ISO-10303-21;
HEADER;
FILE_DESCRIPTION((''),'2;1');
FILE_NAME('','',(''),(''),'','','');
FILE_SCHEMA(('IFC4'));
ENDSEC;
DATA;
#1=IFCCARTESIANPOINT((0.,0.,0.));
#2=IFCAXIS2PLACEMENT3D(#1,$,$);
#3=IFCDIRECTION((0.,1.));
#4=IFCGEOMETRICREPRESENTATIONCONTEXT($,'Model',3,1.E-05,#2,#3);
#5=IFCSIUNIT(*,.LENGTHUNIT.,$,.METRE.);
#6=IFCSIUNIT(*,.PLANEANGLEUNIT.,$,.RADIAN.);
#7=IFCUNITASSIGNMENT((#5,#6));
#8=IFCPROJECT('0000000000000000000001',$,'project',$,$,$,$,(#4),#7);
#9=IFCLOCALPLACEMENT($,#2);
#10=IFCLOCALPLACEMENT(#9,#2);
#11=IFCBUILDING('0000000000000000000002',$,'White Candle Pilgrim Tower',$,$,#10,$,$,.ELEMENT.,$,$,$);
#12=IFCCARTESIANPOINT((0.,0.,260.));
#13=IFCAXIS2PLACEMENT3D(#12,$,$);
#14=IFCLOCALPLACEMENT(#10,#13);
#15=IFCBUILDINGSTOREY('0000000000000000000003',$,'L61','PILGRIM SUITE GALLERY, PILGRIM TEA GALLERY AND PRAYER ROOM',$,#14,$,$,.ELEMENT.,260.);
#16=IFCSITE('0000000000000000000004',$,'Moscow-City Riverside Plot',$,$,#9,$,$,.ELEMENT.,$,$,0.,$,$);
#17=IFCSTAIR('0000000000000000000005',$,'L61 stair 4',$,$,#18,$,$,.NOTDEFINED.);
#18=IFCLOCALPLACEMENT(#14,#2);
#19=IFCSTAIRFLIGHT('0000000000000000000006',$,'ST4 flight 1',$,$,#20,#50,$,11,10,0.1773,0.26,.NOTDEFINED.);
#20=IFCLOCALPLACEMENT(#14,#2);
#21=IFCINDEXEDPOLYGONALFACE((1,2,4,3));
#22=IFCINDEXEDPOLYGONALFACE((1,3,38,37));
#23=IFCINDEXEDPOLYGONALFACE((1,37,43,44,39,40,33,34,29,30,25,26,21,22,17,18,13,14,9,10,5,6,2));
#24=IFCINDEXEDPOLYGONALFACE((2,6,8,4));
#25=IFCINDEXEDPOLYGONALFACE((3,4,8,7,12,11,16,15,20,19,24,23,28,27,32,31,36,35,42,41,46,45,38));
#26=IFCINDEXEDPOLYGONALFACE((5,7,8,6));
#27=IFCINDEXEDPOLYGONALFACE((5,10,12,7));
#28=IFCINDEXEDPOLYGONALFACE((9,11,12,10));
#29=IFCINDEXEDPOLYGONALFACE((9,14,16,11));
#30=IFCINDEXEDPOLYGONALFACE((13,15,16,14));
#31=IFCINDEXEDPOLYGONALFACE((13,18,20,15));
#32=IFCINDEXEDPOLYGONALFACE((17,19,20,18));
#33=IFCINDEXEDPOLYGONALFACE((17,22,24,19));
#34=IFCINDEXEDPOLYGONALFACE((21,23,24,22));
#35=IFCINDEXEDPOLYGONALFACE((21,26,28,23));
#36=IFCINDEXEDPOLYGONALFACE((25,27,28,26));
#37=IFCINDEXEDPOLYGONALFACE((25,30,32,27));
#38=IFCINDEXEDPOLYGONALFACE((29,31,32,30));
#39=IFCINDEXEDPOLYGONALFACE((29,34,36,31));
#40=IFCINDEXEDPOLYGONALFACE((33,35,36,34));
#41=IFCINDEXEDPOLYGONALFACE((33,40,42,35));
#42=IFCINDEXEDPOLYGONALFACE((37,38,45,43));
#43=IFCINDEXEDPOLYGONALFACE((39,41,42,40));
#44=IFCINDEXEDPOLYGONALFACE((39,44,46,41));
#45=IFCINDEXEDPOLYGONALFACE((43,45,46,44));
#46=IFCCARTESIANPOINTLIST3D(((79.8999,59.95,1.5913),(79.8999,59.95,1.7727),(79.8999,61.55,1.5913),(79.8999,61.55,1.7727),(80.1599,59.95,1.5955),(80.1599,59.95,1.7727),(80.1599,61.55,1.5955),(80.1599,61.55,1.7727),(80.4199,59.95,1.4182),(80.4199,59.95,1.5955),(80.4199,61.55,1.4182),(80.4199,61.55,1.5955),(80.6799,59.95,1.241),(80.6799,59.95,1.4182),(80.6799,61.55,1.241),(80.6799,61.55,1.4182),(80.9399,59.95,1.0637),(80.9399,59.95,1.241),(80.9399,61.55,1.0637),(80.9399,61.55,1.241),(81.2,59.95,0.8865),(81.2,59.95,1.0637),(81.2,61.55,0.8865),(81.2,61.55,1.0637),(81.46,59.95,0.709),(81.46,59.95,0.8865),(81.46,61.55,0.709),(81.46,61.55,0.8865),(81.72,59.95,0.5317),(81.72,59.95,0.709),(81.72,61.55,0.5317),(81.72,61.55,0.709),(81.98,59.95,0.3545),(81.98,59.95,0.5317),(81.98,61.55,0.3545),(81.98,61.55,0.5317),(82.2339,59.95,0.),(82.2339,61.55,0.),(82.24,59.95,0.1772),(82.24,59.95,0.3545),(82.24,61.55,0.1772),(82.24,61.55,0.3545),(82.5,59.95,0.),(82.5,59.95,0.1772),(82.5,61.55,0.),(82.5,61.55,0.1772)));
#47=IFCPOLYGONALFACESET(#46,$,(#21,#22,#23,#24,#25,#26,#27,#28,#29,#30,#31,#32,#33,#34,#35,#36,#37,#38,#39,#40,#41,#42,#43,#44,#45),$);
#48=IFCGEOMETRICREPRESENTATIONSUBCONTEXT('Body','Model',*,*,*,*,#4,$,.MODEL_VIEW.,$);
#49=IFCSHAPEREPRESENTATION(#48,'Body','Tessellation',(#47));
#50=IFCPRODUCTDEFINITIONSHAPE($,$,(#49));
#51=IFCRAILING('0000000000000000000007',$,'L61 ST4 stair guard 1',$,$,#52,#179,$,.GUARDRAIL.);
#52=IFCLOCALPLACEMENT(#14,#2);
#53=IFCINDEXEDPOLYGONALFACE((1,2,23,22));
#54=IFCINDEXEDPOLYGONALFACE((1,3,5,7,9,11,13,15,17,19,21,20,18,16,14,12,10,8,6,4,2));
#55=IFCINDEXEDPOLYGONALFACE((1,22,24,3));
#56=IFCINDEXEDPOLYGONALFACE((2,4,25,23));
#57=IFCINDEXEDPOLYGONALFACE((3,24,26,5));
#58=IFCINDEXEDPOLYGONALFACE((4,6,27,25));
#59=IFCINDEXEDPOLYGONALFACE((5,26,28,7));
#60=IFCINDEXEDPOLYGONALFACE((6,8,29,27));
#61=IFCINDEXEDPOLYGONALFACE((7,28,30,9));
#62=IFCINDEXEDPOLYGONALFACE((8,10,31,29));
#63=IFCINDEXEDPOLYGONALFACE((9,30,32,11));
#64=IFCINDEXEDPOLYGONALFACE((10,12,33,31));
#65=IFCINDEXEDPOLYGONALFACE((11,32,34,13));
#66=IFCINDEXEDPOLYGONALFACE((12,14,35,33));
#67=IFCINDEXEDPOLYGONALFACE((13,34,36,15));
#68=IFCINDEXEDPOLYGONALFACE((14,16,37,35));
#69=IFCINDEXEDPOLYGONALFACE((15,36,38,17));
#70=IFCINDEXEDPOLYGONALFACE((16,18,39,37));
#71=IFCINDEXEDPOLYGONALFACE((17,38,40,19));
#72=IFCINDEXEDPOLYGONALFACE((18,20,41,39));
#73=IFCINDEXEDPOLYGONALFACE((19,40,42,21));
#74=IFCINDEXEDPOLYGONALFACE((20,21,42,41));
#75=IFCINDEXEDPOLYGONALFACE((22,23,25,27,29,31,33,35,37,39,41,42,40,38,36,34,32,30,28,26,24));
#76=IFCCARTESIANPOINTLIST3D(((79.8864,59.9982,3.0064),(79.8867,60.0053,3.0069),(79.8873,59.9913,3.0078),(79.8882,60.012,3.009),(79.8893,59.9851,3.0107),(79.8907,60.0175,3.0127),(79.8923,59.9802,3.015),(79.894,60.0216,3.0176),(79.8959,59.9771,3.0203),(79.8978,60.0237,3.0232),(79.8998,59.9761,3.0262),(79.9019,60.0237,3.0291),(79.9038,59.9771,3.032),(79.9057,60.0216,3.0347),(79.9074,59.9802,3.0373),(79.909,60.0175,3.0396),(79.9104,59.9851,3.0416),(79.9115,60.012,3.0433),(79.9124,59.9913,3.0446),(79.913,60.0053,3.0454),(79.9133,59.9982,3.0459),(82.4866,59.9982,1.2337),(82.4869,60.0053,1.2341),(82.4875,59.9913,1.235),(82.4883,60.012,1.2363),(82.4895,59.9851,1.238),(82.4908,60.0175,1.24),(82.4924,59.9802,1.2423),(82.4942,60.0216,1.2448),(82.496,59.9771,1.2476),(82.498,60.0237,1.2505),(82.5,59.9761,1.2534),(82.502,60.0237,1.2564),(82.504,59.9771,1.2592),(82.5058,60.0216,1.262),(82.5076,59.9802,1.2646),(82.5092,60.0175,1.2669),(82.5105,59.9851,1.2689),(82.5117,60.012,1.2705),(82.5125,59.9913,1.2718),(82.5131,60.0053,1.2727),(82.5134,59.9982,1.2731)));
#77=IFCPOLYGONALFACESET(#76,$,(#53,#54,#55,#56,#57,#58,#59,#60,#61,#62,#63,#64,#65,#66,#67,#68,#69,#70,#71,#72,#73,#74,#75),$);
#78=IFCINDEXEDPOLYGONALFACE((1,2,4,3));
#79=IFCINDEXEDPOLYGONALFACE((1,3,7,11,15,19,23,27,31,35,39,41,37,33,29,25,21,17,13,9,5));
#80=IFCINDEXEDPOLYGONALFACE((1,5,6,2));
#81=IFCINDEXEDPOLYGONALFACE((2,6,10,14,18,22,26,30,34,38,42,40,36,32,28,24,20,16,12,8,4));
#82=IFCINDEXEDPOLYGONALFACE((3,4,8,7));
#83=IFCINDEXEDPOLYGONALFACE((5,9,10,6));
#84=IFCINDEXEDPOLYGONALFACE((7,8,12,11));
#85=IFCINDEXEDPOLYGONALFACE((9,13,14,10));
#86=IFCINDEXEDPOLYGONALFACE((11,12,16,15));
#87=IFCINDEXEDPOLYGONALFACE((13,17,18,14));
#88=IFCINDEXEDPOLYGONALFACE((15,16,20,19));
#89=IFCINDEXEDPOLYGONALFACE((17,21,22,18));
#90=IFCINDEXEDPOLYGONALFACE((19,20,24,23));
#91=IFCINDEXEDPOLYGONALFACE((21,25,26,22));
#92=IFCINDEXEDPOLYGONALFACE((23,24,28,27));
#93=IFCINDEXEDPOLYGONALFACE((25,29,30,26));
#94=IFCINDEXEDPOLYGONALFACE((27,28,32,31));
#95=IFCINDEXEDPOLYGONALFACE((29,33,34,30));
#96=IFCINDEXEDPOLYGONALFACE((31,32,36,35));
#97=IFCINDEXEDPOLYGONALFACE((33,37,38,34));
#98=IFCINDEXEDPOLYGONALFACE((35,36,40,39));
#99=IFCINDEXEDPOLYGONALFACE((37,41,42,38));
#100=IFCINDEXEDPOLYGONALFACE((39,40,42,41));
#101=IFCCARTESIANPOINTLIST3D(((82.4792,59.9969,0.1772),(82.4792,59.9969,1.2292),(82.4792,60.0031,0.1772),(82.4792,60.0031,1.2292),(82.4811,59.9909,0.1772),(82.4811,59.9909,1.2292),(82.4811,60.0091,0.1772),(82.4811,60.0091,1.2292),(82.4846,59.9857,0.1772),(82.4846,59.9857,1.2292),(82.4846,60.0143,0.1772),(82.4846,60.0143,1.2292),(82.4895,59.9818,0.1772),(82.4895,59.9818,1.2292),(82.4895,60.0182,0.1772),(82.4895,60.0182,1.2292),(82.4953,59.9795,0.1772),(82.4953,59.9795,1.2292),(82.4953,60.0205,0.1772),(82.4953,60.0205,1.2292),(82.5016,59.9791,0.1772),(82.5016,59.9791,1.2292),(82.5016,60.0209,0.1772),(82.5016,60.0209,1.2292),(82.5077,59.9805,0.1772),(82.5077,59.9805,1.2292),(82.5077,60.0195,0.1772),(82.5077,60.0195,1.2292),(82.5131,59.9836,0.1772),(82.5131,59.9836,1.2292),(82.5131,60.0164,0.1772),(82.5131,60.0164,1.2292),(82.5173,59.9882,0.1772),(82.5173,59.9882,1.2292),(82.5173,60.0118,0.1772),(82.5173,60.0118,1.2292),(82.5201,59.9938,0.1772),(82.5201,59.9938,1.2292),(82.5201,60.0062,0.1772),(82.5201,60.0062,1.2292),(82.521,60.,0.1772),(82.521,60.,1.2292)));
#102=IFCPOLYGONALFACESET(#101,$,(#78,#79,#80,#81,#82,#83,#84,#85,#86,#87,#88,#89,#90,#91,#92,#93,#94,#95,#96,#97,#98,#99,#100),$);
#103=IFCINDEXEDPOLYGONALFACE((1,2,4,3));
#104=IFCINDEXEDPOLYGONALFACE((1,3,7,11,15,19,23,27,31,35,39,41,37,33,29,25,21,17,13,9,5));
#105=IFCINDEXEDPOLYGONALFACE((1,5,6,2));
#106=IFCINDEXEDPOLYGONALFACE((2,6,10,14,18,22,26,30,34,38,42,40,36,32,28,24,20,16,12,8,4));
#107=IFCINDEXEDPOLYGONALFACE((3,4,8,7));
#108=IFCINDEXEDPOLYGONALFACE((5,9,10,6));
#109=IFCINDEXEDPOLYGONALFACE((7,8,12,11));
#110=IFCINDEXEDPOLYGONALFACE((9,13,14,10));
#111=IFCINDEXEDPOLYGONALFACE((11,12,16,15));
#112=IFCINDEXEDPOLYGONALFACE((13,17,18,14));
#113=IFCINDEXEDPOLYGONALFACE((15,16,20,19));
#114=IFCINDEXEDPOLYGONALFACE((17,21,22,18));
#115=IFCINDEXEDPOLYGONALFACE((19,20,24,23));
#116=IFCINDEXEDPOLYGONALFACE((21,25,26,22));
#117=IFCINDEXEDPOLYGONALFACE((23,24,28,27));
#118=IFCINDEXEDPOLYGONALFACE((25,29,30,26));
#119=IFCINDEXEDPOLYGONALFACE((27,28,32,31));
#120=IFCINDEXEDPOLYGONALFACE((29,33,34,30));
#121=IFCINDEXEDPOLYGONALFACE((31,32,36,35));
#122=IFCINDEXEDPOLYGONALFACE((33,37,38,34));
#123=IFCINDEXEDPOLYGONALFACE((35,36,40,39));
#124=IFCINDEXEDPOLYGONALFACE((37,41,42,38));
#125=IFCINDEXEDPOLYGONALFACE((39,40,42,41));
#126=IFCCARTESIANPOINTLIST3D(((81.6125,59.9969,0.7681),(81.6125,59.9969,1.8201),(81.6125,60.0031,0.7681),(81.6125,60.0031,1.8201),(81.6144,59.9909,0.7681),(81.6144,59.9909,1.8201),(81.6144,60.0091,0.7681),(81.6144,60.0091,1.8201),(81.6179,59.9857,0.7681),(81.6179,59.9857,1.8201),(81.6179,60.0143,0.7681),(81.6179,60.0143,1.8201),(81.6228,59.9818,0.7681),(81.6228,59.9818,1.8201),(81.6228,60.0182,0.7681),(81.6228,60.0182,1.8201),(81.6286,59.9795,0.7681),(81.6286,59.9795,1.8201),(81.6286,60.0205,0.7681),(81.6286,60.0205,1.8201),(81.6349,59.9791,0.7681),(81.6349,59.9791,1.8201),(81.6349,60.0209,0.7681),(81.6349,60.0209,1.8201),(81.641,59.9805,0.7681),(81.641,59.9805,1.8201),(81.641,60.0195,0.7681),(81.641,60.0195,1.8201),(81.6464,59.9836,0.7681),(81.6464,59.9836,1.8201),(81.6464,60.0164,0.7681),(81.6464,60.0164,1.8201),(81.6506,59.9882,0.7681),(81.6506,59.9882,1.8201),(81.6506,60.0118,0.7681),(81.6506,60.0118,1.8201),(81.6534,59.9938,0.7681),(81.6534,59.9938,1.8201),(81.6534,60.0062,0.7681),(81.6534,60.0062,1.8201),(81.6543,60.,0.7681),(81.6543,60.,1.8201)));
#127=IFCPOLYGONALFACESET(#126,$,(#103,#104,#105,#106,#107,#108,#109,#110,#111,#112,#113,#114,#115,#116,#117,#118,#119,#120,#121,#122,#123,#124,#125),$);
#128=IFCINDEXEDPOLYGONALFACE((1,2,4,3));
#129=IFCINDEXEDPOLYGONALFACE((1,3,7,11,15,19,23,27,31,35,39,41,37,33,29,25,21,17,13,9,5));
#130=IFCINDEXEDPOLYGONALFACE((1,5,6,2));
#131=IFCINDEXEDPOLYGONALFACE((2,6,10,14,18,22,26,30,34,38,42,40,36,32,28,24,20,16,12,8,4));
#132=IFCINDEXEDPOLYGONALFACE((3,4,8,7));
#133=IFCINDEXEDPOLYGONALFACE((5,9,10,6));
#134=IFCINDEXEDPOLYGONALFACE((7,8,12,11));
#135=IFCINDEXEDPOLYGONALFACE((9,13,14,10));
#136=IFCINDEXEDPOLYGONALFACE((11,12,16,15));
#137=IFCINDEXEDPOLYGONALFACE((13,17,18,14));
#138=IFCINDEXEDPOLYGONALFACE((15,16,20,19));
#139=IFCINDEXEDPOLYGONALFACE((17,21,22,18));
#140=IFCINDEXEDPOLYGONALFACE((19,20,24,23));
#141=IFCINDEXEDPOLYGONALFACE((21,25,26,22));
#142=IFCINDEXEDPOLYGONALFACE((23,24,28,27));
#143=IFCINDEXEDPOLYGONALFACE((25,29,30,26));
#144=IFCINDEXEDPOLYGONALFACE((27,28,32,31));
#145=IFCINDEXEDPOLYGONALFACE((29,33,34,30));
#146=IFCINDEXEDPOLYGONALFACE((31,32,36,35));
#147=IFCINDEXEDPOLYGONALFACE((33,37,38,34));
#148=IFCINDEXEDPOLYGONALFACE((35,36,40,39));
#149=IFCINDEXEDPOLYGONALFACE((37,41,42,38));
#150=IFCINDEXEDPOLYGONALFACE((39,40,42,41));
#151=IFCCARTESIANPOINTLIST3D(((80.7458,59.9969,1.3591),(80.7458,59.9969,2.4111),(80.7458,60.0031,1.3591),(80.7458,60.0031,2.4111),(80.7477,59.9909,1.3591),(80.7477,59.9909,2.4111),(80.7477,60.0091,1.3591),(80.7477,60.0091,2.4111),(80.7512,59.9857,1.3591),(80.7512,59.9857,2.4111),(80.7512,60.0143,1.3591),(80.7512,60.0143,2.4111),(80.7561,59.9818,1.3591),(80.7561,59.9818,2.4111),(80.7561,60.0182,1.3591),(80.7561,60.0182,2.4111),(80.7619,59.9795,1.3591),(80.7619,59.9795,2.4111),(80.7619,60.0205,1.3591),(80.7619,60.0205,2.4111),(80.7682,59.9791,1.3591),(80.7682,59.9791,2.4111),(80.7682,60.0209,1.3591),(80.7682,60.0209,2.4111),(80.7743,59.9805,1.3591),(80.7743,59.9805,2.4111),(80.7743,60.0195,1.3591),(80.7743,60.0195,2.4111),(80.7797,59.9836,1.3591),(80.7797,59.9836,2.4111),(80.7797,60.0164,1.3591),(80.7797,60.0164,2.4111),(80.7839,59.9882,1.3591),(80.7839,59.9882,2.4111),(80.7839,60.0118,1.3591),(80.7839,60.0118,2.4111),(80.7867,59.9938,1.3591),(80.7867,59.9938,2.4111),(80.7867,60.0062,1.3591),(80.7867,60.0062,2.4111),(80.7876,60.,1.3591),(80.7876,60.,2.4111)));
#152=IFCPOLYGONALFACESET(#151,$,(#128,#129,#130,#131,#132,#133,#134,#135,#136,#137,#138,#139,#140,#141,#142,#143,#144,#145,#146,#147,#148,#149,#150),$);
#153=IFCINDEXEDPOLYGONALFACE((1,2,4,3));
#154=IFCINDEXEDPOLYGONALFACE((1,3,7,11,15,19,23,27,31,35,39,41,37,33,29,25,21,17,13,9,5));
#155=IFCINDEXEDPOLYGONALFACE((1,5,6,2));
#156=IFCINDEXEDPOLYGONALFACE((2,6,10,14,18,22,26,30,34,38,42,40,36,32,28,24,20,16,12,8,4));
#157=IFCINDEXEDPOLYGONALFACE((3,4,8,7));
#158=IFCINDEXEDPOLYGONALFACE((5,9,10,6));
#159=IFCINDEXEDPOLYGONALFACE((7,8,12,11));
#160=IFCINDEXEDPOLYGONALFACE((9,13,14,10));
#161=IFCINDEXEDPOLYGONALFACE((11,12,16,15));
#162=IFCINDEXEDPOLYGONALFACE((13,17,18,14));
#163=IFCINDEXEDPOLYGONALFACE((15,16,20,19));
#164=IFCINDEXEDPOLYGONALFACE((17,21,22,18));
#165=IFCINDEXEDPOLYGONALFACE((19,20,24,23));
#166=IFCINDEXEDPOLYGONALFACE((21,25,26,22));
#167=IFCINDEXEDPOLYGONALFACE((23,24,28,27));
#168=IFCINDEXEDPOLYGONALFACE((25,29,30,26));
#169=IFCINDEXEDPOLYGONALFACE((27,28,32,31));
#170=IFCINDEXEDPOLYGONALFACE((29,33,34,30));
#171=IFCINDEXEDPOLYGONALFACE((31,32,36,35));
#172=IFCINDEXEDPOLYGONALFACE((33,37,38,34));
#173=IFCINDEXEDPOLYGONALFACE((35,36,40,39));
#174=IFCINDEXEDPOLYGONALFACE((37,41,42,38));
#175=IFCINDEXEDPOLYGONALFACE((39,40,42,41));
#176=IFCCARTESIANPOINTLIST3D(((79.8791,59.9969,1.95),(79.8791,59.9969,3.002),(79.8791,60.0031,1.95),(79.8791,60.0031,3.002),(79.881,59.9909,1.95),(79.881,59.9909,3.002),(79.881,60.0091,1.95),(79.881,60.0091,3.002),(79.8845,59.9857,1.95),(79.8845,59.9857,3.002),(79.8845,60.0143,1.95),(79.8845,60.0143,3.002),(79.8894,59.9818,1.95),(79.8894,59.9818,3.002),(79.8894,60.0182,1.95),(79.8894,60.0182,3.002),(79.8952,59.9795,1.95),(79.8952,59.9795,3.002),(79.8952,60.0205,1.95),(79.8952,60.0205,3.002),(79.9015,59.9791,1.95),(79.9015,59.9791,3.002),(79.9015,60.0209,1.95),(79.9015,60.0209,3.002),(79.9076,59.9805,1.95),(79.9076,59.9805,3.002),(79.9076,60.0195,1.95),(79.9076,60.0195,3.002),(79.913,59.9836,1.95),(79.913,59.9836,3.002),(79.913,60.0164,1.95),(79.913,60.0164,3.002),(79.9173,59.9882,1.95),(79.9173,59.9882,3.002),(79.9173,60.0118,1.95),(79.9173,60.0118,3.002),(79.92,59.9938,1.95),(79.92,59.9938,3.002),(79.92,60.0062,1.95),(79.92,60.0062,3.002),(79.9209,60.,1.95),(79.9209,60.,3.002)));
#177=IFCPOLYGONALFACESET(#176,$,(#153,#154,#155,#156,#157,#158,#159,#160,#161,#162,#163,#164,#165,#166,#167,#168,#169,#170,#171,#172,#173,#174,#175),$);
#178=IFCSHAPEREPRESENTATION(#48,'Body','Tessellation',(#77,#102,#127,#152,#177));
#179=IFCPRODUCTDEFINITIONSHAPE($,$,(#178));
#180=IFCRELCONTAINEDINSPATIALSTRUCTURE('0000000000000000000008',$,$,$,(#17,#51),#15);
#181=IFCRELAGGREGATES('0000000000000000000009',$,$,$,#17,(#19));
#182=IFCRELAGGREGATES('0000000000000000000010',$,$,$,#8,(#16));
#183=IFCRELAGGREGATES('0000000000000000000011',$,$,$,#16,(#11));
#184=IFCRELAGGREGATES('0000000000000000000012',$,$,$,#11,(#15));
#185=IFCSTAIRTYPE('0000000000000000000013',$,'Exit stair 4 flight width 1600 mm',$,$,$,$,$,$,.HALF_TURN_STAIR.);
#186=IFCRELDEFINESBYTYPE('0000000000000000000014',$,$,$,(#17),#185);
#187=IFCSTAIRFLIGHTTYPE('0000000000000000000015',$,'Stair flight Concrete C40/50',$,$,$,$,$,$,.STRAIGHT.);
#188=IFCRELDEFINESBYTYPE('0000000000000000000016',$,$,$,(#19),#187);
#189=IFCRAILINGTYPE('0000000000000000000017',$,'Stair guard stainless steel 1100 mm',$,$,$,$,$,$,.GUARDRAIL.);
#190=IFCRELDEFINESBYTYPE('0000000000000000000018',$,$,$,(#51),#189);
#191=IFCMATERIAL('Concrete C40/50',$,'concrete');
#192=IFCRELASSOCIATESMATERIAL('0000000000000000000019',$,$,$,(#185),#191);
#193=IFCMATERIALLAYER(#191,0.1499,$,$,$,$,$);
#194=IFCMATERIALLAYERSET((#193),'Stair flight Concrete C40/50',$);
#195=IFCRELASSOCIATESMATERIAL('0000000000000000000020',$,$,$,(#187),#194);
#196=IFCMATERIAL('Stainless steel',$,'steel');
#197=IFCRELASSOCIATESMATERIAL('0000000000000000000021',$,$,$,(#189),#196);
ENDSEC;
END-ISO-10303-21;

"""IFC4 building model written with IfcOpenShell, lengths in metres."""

from ifc_helpers import new_model, si_unit, direction, frame, origin, origin_2d, place, context, subcontext, project, spatial, polyline, circle, outline, extrude, material, layer, layer_set, type_object, element, aggregate, save


model = new_model("IFC4")

# Units and contexts
model_context = context("Model", 3, precision=1e-05, world=origin(), true_north=direction((0.0, 1.0)))
body_context = subcontext(model_context, "Body", "Model", "MODEL_VIEW")
ifc_project = project(units=[si_unit("LENGTHUNIT", "METRE"), si_unit("PLANEANGLEUNIT", "RADIAN")], contexts=[model_context])

# Site, building, storey
site_placement = place(None, origin())
site = spatial("IfcSite", under=ifc_project, at=site_placement, Name="Moscow-City Riverside Plot", CompositionType="ELEMENT", RefElevation=0.0)
building_placement = place(site_placement, origin())
building = spatial("IfcBuilding", under=site, at=building_placement, Name="White Candle Pilgrim Tower", CompositionType="ELEMENT")
storey_placement = place(building_placement, frame((0.0, 0.0, 260.0)))
storey = spatial("IfcBuildingStorey", under=building, at=storey_placement, Name="L61", Description="PILGRIM SUITE GALLERY, PILGRIM TEA GALLERY AND PRAYER ROOM", CompositionType="ELEMENT", Elevation=260.0)

# Stair, stair flight
ifc_material_1 = material(Name="Concrete C40/50", Category="concrete")
stair_type = type_object("IfcStairType", Name="Exit stair 4 flight width 1600 mm", PredefinedType="HALF_TURN_STAIR", material=ifc_material_1)
stair_placement = place(storey_placement, origin())
stair = element("IfcStair", 1, at=stair_placement, inside=storey, type_object=stair_type, Name="L61 stair 4", PredefinedType="NOTDEFINED")
ifc_layer_1 = layer(ifc_material_1, 0.1499)
ifc_layer_set_1 = layer_set([ifc_layer_1], Name="Stair flight Concrete C40/50")
stair_flight_type = type_object("IfcStairFlightType", Name="Stair flight Concrete C40/50", PredefinedType="STRAIGHT", material=ifc_layer_set_1)
stair_flight_placement = place(storey_placement, frame((82.5, 60.75, 0.0), z_axis=(0.0, 0.0, 1.0), x_axis=(-1.0, 0.0, 0.0)))
stair_flight = element("IfcStairFlight", 2, at=stair_flight_placement, type_object=stair_flight_type, Name="ST4 flight 1", NumberOfRisers=11, NumberOfTreads=10, PredefinedType="NOTDEFINED", RiserHeight=0.1773, TreadLength=0.26, context=body_context, shape_type="SweptSolid", body=[
    extrude(outline(polyline([(0.0, 0.0), (0.0, 0.1772), (0.26, 0.1772), (0.26, 0.3545), (0.52, 0.3545), (0.52, 0.5317), (0.78, 0.5317), (0.78, 0.709), (1.04, 0.709), (1.04, 0.8865), (1.3, 0.8865), (1.3, 1.0637), (1.5601, 1.0637), (1.5601, 1.241), (1.8201, 1.241), (1.8201, 1.4182), (2.0801, 1.4182), (2.0801, 1.5955), (2.3401, 1.5955), (2.3401, 1.7727), (2.6001, 1.7727), (2.6001, 1.95), (2.6001, 1.5913), (0.2661, 0.0), (0.0, 0.0)])), frame((0.0, 0.8, 0.0), z_axis=(0.0, -1.0, 0.0), x_axis=(1.0, 0.0, 0.0)), (0.0, 0.0, 1.0), 1.6001),
])
aggregate(stair, [stair_flight])

# Railing
ifc_material_2 = material(Name="Stainless steel", Category="steel")
railing_type_1 = type_object("IfcRailingType", Name="Stair guard stainless steel 1100 mm", PredefinedType="GUARDRAIL", material=ifc_material_2)
railing_1_placement = place(storey_placement, frame((82.5, 60.0, 0.1772)))
element("IfcRailing", 3, at=railing_1_placement, inside=storey, type_object=railing_type_1, Name="L61 ST4 stair guard 1", PredefinedType="GUARDRAIL", context=body_context, shape_type="SweptSolid", body=[
    extrude(circle(Radius=0.0239, at=origin_2d()), frame((0.0, 0.0, 1.0762), z_axis=(-0.82624, 0.0, 0.563318), x_axis=(0.0, -1.0, 0.0)), (0.0, 0.0, 1.0), 3.147),
    extrude(circle(Radius=0.021, at=origin_2d()), origin(), (0.0, 0.0, 1.0), 1.052),
    extrude(circle(Radius=0.021, at=origin_2d()), frame((-0.8667, 0.0, 0.5908)), (0.0, 0.0, 1.0), 1.052),
    extrude(circle(Radius=0.021, at=origin_2d()), frame((-1.7334, 0.0, 1.1819)), (0.0, 0.0, 1.0), 1.052),
    extrude(circle(Radius=0.021, at=origin_2d()), frame((-2.6001, 0.0, 1.7727)), (0.0, 0.0, 1.0), 1.052),
])

save(model, "model.ifc")
